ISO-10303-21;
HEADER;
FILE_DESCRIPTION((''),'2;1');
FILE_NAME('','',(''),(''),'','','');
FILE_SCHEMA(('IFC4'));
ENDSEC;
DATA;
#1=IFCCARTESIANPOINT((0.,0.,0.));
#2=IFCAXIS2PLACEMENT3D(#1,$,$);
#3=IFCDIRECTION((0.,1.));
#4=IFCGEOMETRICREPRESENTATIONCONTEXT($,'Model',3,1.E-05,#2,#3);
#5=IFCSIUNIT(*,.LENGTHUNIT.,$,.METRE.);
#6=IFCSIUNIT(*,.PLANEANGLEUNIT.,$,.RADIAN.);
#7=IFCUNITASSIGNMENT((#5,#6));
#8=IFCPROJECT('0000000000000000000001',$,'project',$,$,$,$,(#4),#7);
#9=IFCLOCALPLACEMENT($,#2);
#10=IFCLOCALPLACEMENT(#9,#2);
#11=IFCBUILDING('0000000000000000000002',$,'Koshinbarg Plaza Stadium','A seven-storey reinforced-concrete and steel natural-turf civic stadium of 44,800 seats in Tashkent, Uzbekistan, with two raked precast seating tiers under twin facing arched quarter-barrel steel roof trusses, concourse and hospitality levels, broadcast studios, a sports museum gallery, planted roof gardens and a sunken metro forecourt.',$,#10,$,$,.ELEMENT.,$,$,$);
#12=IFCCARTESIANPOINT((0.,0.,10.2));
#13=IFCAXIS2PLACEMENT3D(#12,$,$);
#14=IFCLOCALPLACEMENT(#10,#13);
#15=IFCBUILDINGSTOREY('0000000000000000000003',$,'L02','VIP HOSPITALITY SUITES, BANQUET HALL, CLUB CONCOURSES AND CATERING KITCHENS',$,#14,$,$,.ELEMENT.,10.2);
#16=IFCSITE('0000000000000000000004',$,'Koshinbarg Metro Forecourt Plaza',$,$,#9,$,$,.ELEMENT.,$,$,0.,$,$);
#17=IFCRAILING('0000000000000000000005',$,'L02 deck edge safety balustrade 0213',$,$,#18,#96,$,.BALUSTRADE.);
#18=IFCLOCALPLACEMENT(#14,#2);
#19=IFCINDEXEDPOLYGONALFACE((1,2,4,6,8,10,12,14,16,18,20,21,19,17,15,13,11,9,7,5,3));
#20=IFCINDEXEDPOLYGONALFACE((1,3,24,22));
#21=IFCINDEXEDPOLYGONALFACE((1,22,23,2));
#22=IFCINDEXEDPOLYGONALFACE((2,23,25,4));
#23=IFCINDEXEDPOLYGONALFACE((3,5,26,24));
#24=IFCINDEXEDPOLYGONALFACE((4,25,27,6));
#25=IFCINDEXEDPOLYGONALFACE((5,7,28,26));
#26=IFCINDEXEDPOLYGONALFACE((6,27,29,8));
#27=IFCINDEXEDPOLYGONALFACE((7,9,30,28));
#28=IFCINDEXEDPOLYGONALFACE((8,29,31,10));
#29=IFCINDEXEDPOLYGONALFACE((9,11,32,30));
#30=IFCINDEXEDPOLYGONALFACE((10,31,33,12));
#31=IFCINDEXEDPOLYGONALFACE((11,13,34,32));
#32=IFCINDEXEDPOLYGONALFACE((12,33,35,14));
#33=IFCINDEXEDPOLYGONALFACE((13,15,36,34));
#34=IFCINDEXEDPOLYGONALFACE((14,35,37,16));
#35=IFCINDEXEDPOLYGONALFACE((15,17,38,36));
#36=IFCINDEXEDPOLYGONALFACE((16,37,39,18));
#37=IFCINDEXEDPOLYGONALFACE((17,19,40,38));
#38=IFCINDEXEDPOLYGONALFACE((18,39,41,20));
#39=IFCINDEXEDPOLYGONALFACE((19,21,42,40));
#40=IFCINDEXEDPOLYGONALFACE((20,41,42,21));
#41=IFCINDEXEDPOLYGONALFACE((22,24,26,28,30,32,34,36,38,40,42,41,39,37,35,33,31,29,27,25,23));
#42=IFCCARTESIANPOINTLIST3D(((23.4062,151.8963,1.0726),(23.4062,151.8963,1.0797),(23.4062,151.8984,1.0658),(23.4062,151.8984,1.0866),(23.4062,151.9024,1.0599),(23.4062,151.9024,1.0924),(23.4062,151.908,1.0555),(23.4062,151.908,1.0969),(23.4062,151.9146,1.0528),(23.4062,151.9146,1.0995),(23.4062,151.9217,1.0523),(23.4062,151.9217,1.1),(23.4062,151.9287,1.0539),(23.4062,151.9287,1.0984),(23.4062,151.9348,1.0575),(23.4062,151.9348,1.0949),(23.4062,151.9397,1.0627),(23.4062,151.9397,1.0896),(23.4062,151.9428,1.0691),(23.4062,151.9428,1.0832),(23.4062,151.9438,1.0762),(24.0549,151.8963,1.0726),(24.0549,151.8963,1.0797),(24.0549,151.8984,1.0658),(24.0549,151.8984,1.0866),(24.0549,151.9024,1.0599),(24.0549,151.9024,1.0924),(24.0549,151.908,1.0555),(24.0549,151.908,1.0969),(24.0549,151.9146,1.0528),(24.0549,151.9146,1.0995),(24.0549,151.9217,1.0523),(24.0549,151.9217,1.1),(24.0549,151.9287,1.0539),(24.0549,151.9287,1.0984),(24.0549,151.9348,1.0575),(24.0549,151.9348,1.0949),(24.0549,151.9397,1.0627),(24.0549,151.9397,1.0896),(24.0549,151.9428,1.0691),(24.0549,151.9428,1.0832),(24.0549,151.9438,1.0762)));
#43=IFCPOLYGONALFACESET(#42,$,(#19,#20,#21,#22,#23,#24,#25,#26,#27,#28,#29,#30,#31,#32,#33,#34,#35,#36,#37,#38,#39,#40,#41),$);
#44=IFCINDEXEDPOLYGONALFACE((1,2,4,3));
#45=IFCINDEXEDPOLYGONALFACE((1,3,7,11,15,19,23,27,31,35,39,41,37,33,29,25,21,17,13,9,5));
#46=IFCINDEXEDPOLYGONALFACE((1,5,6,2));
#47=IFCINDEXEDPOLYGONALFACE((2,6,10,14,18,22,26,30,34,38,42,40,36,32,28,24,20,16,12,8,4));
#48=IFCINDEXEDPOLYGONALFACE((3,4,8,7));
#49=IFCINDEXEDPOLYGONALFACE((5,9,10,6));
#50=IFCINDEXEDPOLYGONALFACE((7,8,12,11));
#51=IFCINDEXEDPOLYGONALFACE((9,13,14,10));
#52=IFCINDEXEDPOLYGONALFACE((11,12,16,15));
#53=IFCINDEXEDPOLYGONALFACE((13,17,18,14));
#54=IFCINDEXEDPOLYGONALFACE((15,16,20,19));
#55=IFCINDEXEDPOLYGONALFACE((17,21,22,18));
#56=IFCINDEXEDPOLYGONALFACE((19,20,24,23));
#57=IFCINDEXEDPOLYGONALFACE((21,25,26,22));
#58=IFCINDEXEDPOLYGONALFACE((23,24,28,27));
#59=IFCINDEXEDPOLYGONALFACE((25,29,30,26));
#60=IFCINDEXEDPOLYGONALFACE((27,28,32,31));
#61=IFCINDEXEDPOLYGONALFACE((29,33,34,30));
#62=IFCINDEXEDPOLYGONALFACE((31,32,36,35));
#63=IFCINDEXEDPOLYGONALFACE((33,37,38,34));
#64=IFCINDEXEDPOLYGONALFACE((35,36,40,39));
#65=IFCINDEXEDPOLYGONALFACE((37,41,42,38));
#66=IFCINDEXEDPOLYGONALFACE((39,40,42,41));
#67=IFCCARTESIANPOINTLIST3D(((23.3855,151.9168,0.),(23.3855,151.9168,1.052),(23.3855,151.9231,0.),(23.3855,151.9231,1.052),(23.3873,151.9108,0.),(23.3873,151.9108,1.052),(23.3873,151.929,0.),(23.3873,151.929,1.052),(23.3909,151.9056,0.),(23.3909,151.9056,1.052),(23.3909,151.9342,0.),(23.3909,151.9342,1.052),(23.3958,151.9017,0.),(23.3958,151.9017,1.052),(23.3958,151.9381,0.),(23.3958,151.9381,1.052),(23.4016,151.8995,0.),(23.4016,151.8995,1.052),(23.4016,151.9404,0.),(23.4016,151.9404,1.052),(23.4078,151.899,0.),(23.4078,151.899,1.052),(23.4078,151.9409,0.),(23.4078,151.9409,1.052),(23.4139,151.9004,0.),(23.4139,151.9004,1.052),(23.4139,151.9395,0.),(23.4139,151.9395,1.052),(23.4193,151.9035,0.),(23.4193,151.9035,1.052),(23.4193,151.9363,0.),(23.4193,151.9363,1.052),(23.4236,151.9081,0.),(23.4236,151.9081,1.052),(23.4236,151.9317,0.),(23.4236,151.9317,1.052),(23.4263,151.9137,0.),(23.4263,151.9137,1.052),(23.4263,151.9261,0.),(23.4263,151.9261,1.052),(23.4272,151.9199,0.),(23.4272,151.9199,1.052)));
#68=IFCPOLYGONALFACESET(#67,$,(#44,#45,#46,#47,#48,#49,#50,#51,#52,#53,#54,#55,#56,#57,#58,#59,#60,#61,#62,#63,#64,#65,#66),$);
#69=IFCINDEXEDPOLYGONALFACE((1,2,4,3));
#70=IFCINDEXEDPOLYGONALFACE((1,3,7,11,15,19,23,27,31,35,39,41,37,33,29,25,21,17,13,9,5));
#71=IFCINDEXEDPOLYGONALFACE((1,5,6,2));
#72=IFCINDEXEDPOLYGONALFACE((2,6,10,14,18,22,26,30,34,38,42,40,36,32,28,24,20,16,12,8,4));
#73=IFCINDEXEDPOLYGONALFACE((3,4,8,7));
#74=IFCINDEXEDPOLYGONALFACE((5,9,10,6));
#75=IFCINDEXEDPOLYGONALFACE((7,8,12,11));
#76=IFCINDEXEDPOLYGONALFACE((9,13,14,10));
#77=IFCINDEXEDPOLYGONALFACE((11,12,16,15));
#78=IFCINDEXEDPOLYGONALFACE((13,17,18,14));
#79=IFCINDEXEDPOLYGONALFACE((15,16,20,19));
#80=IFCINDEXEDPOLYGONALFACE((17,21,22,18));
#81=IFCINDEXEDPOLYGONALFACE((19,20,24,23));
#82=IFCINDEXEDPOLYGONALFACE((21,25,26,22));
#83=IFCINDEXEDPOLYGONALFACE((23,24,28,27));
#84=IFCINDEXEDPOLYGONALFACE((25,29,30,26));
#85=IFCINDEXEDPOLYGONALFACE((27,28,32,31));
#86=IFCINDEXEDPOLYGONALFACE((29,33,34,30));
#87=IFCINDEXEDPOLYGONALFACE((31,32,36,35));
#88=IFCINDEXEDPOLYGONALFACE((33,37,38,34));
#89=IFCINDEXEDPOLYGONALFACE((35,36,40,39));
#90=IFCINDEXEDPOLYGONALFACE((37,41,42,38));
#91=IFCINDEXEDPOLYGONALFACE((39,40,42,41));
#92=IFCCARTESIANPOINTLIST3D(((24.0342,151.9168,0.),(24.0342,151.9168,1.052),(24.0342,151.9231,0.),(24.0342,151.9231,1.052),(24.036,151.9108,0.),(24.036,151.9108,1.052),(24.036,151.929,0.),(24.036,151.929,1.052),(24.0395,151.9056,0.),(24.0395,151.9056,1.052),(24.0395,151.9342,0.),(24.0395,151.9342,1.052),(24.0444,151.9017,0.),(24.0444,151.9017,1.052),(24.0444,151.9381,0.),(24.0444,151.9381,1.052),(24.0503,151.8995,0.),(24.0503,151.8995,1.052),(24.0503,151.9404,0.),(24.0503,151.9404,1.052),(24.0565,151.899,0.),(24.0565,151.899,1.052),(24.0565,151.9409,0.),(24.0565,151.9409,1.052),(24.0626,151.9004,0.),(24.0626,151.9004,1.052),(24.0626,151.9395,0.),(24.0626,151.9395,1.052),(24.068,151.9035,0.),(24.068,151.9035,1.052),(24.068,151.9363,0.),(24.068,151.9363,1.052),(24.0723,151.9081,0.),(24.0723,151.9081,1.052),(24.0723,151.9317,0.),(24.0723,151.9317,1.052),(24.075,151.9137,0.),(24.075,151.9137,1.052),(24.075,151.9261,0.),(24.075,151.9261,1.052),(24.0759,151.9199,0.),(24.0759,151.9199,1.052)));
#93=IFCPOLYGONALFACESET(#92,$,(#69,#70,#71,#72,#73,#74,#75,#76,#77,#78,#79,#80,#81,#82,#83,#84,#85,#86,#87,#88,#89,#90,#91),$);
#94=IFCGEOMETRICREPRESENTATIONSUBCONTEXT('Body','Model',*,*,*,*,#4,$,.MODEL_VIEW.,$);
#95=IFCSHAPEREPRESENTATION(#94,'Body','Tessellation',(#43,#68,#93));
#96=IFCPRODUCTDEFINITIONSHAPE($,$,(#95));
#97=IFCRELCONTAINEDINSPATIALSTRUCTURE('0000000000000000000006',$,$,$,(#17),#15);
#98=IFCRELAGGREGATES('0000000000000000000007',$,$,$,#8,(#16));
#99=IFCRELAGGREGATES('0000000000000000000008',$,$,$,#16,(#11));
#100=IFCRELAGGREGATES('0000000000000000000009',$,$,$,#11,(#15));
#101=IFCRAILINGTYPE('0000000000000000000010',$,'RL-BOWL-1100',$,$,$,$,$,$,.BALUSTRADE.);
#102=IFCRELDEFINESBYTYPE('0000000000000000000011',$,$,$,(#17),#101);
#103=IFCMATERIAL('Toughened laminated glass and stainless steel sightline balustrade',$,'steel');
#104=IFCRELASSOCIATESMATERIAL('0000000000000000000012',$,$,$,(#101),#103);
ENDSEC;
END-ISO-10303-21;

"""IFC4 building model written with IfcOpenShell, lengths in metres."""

from ifc_helpers import new_model, si_unit, direction, frame, origin, origin_2d, place, context, subcontext, project, spatial, circle, extrude, material, type_object, element, save


model = new_model("IFC4")

# Units and contexts
model_context = context("Model", 3, precision=1e-05, world=origin(), true_north=direction((0.0, 1.0)))
body_context = subcontext(model_context, "Body", "Model", "MODEL_VIEW")
ifc_project = project(units=[si_unit("LENGTHUNIT", "METRE"), si_unit("PLANEANGLEUNIT", "RADIAN")], contexts=[model_context])

# Site, building, storey
site_placement = place(None, origin())
site = spatial("IfcSite", under=ifc_project, at=site_placement, Name="Koshinbarg Metro Forecourt Plaza", CompositionType="ELEMENT", RefElevation=0.0)
building_placement = place(site_placement, origin())
building = spatial("IfcBuilding", under=site, at=building_placement, Name="Koshinbarg Plaza Stadium", Description="A seven-storey reinforced-concrete and steel natural-turf civic stadium of 44,800 seats in Tashkent, Uzbekistan, with two raked precast seating tiers under twin facing arched quarter-barrel steel roof trusses, concourse and hospitality levels, broadcast studios, a sports museum gallery, planted roof gardens and a sunken metro forecourt.", CompositionType="ELEMENT")
storey_placement = place(building_placement, frame((0.0, 0.0, 10.2)))
storey = spatial("IfcBuildingStorey", under=building, at=storey_placement, Name="L02", Description="VIP HOSPITALITY SUITES, BANQUET HALL, CLUB CONCOURSES AND CATERING KITCHENS", CompositionType="ELEMENT", Elevation=10.2)

# Railing
ifc_material_1 = material(Name="Toughened laminated glass and stainless steel sightline balustrade", Category="steel")
railing_type = type_object("IfcRailingType", Name="RL-BOWL-1100", PredefinedType="BALUSTRADE", material=ifc_material_1)
railing_1_placement = place(storey_placement, frame((23.4062, 151.9199, 0.0)))
element("IfcRailing", 1, at=railing_1_placement, inside=storey, type_object=railing_type, Name="L02 deck edge safety balustrade 0213", PredefinedType="BALUSTRADE", context=body_context, shape_type="SweptSolid", body=[
    extrude(circle(Radius=0.0239, at=origin_2d()), frame((0.0, 0.0, 1.0762), z_axis=(1.0, 0.0, 0.0), x_axis=(0.0, 1.0, 0.0)), (0.0, 0.0, 1.0), 0.6487),
    extrude(circle(Radius=0.021, at=origin_2d()), origin(), (0.0, 0.0, 1.0), 1.052),
    extrude(circle(Radius=0.021, at=origin_2d()), frame((0.6487, 0.0, 0.0)), (0.0, 0.0, 1.0), 1.052),
])

save(model, "model.ifc")
